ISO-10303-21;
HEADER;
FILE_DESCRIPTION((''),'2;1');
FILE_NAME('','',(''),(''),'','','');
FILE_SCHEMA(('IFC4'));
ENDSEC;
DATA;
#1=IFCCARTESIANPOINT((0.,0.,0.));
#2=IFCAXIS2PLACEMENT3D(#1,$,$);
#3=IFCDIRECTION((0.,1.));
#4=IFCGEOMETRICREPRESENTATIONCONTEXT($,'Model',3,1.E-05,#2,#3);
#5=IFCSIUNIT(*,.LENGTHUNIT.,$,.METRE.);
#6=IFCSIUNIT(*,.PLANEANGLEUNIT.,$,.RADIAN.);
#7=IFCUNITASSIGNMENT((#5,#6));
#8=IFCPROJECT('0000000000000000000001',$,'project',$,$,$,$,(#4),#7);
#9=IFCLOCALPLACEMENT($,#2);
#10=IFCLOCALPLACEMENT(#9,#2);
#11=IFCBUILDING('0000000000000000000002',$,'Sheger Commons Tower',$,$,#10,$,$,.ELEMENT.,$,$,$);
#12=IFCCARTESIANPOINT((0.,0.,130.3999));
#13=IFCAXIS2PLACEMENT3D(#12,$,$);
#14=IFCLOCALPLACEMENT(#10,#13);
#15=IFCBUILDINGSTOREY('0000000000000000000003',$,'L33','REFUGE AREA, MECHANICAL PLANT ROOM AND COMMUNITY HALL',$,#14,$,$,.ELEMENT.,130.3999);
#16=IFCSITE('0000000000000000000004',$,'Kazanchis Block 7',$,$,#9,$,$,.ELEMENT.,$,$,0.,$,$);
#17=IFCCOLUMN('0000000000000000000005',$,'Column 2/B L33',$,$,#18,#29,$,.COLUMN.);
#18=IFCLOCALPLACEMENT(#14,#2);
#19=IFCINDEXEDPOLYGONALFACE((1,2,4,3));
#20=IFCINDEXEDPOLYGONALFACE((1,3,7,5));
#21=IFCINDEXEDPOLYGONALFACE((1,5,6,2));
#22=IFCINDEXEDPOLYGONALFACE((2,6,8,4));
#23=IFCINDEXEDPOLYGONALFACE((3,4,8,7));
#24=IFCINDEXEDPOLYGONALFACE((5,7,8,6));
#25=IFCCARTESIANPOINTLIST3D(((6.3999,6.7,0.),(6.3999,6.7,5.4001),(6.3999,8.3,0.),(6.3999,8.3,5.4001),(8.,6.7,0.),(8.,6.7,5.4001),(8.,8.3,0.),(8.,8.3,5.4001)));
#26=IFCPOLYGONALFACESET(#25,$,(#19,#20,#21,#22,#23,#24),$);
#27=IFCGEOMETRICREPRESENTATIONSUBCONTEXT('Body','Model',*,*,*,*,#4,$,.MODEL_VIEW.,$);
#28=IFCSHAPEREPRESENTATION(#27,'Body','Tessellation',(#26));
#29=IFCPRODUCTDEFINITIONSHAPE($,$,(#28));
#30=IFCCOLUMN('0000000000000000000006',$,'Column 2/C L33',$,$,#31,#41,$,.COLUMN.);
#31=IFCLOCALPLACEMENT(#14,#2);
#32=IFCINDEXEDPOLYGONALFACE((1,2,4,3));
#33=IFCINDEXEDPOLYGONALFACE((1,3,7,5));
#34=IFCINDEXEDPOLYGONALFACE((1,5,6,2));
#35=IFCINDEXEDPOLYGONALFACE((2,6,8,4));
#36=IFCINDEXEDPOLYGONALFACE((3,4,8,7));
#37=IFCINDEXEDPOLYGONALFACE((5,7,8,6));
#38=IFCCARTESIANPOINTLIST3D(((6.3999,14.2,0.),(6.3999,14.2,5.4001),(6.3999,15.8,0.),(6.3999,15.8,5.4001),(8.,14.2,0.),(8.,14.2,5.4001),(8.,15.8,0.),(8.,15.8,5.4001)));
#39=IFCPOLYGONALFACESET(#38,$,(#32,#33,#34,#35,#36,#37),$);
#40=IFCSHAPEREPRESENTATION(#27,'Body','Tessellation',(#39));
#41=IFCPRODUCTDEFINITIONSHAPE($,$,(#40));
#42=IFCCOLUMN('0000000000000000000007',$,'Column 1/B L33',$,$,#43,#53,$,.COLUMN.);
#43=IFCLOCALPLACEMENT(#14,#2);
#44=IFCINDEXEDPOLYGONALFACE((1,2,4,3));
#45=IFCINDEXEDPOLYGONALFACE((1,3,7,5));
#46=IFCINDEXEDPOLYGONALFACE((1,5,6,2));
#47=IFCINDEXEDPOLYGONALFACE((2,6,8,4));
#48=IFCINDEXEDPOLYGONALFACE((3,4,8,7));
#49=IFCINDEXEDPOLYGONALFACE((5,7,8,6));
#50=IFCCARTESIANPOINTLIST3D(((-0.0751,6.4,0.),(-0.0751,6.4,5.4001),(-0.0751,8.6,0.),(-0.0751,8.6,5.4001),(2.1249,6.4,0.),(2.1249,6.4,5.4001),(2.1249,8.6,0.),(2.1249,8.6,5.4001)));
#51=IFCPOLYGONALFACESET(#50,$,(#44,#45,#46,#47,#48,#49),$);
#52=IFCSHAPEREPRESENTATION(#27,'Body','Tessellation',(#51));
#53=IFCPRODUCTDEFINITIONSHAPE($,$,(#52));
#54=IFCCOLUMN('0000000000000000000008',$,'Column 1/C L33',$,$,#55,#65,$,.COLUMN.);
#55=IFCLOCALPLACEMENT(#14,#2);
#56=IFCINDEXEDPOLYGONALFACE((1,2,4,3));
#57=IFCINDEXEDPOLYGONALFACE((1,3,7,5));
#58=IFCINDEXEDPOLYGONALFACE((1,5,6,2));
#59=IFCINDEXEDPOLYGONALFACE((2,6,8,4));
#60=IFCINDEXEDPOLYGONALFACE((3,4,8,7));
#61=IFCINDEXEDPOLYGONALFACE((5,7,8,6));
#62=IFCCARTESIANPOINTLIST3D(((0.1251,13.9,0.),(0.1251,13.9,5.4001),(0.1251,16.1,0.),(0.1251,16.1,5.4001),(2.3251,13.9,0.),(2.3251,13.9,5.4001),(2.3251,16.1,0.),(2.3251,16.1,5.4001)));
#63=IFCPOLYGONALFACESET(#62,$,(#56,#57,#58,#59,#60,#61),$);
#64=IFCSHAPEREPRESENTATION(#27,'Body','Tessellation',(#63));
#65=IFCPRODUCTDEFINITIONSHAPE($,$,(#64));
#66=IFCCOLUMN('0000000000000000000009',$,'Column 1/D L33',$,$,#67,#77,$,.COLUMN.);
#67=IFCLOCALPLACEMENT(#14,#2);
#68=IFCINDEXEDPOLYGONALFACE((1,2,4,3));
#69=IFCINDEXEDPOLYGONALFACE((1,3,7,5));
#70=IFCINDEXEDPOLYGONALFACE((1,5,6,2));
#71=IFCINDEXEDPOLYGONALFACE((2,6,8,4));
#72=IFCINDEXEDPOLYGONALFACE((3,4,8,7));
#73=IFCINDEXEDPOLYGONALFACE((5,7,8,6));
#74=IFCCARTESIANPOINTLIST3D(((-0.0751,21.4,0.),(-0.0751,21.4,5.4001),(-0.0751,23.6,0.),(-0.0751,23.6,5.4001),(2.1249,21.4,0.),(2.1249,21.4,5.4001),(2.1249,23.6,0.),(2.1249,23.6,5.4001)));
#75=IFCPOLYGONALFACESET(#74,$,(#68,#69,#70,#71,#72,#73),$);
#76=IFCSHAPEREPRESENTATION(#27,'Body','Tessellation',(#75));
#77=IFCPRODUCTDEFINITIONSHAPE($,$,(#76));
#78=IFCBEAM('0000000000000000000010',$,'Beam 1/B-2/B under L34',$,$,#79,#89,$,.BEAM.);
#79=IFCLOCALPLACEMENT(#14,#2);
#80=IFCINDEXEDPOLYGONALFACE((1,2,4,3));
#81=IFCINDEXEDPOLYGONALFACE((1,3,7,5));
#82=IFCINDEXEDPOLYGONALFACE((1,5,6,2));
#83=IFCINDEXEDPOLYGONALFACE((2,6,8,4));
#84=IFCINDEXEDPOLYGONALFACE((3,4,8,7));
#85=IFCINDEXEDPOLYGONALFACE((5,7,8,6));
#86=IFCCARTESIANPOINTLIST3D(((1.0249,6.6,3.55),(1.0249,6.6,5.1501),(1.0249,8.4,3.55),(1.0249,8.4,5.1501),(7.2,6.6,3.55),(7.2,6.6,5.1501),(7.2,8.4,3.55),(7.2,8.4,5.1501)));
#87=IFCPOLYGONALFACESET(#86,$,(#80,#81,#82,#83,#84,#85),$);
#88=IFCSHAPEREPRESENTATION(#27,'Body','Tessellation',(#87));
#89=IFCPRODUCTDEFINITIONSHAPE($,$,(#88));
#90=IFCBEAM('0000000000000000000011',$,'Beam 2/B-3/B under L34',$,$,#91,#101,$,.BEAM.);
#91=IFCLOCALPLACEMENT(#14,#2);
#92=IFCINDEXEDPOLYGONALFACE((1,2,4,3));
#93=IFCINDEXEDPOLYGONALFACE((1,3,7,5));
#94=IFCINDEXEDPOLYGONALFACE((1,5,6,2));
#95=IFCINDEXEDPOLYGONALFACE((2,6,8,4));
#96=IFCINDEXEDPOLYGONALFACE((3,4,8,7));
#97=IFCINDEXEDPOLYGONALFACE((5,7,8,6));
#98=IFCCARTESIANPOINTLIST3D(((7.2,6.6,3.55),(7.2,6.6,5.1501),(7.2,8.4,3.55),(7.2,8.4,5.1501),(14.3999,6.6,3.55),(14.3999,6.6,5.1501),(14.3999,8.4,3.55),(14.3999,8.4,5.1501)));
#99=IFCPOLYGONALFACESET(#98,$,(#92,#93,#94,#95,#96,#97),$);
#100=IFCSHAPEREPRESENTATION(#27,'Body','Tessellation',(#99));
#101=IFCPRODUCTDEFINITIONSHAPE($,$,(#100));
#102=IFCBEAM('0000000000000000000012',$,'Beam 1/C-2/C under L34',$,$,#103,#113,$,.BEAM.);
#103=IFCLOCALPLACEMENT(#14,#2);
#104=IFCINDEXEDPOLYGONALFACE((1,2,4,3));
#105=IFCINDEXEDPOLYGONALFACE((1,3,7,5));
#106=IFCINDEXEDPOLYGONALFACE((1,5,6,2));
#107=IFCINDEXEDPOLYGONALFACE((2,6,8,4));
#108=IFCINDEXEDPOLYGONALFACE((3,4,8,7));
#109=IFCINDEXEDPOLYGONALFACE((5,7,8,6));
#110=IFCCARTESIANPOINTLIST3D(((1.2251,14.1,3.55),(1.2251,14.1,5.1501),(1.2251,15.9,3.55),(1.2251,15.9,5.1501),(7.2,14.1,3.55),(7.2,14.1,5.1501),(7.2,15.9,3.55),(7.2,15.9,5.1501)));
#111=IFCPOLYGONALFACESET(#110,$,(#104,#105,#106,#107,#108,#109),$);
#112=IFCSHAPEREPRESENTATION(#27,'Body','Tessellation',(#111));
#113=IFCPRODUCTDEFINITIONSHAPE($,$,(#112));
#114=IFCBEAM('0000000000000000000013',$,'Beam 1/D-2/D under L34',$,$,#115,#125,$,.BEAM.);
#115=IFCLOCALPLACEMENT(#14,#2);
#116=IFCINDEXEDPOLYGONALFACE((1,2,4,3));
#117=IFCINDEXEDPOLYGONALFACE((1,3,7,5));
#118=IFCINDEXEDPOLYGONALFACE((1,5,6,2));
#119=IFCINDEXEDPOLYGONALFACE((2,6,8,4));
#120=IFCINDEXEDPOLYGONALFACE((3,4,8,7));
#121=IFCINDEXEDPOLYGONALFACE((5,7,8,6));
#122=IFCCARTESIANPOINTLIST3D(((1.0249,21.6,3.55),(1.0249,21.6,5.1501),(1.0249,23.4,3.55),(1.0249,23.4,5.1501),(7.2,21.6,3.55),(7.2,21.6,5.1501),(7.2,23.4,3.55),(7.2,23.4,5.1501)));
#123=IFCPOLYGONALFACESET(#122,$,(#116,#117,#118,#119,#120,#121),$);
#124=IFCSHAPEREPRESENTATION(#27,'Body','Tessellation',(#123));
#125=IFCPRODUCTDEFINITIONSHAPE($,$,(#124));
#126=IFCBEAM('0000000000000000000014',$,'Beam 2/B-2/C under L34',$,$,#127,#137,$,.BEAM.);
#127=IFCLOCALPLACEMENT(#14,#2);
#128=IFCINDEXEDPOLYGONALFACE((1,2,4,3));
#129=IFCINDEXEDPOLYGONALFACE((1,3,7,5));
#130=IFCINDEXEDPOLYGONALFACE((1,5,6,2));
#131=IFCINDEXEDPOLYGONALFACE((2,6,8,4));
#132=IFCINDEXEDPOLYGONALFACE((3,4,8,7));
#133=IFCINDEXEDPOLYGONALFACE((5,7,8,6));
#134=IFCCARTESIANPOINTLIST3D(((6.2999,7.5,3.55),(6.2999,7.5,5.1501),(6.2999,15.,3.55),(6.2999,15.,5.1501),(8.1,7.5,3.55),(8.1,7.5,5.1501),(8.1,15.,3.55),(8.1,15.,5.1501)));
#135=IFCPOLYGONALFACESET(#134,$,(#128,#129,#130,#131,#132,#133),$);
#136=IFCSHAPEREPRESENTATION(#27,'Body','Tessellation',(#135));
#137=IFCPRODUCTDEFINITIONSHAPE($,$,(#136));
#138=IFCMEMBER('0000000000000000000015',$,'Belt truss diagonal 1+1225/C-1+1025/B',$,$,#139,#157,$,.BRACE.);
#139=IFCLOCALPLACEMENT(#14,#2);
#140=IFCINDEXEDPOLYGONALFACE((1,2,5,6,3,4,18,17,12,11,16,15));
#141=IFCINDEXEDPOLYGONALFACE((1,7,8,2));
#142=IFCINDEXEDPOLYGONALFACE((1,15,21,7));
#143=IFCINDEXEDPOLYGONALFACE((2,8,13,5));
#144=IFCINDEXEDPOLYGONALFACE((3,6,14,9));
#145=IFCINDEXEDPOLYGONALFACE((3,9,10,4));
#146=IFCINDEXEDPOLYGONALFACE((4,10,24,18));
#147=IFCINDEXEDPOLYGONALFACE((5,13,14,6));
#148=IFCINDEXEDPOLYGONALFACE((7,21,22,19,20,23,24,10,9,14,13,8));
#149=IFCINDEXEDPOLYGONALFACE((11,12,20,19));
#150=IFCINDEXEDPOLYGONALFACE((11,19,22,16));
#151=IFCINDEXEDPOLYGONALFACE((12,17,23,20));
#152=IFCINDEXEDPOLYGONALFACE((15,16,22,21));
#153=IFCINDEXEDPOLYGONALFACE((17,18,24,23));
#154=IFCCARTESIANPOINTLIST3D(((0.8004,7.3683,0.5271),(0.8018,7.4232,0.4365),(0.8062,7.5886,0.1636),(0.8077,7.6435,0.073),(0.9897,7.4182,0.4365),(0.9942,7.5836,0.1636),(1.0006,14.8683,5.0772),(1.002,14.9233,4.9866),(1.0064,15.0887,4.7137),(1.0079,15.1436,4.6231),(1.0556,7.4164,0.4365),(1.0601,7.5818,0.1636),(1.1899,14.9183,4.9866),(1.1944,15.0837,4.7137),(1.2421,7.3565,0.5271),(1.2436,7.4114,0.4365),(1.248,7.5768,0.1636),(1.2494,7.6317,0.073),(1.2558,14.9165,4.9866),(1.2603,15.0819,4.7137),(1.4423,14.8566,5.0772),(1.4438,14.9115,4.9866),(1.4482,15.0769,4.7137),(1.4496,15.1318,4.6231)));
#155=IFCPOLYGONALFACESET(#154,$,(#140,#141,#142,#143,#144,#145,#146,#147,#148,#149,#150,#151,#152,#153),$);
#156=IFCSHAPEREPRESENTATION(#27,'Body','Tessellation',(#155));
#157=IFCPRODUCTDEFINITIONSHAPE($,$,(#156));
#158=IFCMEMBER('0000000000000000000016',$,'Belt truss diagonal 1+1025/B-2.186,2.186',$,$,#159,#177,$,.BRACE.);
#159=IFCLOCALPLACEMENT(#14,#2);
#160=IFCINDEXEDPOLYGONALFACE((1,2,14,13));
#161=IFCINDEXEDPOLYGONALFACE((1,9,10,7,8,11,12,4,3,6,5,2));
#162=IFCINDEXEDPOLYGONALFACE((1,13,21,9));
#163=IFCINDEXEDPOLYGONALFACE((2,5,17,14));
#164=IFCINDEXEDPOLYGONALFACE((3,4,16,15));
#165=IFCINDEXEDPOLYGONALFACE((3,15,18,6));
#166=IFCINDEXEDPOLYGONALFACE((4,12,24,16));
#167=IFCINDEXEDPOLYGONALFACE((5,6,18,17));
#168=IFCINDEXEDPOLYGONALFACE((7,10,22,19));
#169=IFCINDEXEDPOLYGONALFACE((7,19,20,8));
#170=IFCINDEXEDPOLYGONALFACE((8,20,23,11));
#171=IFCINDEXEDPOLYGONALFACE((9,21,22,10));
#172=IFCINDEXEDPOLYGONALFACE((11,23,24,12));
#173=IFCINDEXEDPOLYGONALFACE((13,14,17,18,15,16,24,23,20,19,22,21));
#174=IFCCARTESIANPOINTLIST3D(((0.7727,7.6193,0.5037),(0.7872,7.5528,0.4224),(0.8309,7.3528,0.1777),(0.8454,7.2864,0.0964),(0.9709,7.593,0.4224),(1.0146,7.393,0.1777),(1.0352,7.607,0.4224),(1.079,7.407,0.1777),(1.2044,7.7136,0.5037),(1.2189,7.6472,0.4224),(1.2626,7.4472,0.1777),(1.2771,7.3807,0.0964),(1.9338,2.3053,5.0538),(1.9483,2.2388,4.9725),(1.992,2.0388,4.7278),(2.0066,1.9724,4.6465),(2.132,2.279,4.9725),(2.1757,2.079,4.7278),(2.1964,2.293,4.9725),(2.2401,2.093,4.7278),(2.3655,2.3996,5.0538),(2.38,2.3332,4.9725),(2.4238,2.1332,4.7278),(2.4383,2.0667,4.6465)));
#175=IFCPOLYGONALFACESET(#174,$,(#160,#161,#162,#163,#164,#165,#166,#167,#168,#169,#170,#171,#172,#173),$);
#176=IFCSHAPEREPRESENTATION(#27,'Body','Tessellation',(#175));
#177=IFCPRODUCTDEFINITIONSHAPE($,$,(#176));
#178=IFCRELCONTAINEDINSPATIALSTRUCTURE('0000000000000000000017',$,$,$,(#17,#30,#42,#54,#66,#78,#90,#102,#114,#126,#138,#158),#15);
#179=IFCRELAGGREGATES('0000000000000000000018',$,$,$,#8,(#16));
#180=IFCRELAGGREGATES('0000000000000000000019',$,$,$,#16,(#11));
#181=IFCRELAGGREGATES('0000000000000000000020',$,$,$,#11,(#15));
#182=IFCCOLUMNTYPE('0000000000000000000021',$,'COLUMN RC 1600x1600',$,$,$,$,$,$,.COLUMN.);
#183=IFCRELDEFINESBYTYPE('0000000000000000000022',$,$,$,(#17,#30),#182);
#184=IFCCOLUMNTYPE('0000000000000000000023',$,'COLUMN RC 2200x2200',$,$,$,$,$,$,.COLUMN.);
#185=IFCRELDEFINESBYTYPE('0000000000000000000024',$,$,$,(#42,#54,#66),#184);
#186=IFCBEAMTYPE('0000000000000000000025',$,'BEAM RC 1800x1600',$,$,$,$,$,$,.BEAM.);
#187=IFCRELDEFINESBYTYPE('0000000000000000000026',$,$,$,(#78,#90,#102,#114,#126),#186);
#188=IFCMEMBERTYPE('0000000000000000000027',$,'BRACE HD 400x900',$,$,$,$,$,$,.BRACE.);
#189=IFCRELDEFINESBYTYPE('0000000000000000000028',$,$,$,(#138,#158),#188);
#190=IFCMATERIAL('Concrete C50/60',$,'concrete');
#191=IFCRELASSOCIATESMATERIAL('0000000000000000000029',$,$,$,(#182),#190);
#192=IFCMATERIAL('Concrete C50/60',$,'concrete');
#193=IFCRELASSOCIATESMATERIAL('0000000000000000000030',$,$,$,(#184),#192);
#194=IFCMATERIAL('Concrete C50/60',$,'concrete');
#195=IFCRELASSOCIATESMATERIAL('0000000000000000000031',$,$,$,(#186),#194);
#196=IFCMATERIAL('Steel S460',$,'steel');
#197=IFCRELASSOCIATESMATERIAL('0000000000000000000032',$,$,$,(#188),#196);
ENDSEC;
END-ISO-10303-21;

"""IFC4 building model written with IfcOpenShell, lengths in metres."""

from ifc_helpers import new_model, si_unit, direction, frame, origin, origin_2d, place, context, subcontext, project, spatial, rectangle, i_section, extrude, material, material_profile, profile_set, type_object, element, save


model = new_model("IFC4")

# Units and contexts
model_context = context("Model", 3, precision=1e-05, world=origin(), true_north=direction((0.0, 1.0)))
body_context = subcontext(model_context, "Body", "Model", "MODEL_VIEW")
ifc_project = project(units=[si_unit("LENGTHUNIT", "METRE"), si_unit("PLANEANGLEUNIT", "RADIAN")], contexts=[model_context])

# Site, building, storey
site_placement = place(None, origin())
site = spatial("IfcSite", under=ifc_project, at=site_placement, Name="Kazanchis Block 7", CompositionType="ELEMENT", RefElevation=0.0)
building_placement = place(site_placement, origin())
building = spatial("IfcBuilding", under=site, at=building_placement, Name="Sheger Commons Tower", CompositionType="ELEMENT")
storey_placement = place(building_placement, frame((0.0, 0.0, 130.3999)))
storey = spatial("IfcBuildingStorey", under=building, at=storey_placement, Name="L33", Description="REFUGE AREA, MECHANICAL PLANT ROOM AND COMMUNITY HALL", CompositionType="ELEMENT", Elevation=130.3999)

# Columns
ifc_material_1 = material(Name="Concrete C50/60", Category="concrete")
ifc_material_profile_1 = material_profile(ifc_material_1, rectangle(XDim=1.6001, YDim=1.6001, at=origin_2d()), Name="RC 1600x1600")
ifc_profile_set_1 = profile_set([ifc_material_profile_1], Name="Concrete C50/60")
column_type_1 = type_object("IfcColumnType", Name="COLUMN RC 1600x1600", PredefinedType="COLUMN", material=ifc_profile_set_1)
for number, where, z_axis, x_axis, name in (
    (1, (7.2, 7.5, 0.0), (0.0, 0.0, 1.0), (1.0, 0.0, 0.0), "Column 2/B L33"),
    (2, (7.2, 15.0, 0.0), (0.0, 0.0, 1.0), (1.0, 0.0, 0.0), "Column 2/C L33"),
):
    element("IfcColumn", number, at=place(storey_placement, frame(where, z_axis=z_axis, x_axis=x_axis)), inside=storey, type_object=column_type_1, Name=name, PredefinedType="COLUMN", context=body_context, shape_type="SweptSolid", body=[
        extrude(rectangle(XDim=1.6001, YDim=1.6001, at=origin_2d()), origin(), (0.0, 0.0, 1.0), 5.4001),
    ])
ifc_material_2 = material(Name="Concrete C50/60", Category="concrete")
ifc_material_profile_2 = material_profile(ifc_material_2, rectangle(XDim=2.2, YDim=2.2, at=origin_2d()), Name="RC 2200x2200")
ifc_profile_set_2 = profile_set([ifc_material_profile_2], Name="Concrete C50/60")
column_type_2 = type_object("IfcColumnType", Name="COLUMN RC 2200x2200", PredefinedType="COLUMN", material=ifc_profile_set_2)
for number, where, z_axis, x_axis, name in (
    (3, (1.0249, 7.5, 0.0), (0.0, 0.0, 1.0), (1.0, 0.0, 0.0), "Column 1/B L33"),
    (4, (1.2251, 15.0, 0.0), (0.0, 0.0, 1.0), (1.0, 0.0, 0.0), "Column 1/C L33"),
    (5, (1.0249, 22.5, 0.0), (0.0, 0.0, 1.0), (1.0, 0.0, 0.0), "Column 1/D L33"),
):
    element("IfcColumn", number, at=place(storey_placement, frame(where, z_axis=z_axis, x_axis=x_axis)), inside=storey, type_object=column_type_2, Name=name, PredefinedType="COLUMN", context=body_context, shape_type="SweptSolid", body=[
        extrude(rectangle(XDim=2.2, YDim=2.2, at=origin_2d()), origin(), (0.0, 0.0, 1.0), 5.4001),
    ])

# Beams
ifc_material_3 = material(Name="Concrete C50/60", Category="concrete")
ifc_material_profile_3 = material_profile(ifc_material_3, rectangle(XDim=1.8, YDim=1.6001, at=origin_2d()), Name="RC 1800x1600")
ifc_profile_set_3 = profile_set([ifc_material_profile_3], Name="Concrete C50/60")
beam_type_1 = type_object("IfcBeamType", Name="BEAM RC 1800x1600", PredefinedType="BEAM", material=ifc_profile_set_3)
beam_1_placement = place(storey_placement, frame((1.0249, 7.5, 4.3501), z_axis=(1.0, 0.0, 0.0), x_axis=(0.0, 1.0, 0.0)))
element("IfcBeam", 6, at=beam_1_placement, inside=storey, type_object=beam_type_1, Name="Beam 1/B-2/B under L34", PredefinedType="BEAM", context=body_context, shape_type="SweptSolid", body=[
    extrude(rectangle(XDim=1.8, YDim=1.6001, at=origin_2d()), origin(), (0.0, 0.0, 1.0), 6.175),
])
beam_2_placement = place(storey_placement, frame((7.2, 7.5, 4.3501), z_axis=(1.0, 0.0, 0.0), x_axis=(0.0, 1.0, 0.0)))
element("IfcBeam", 7, at=beam_2_placement, inside=storey, type_object=beam_type_1, Name="Beam 2/B-3/B under L34", PredefinedType="BEAM", context=body_context, shape_type="SweptSolid", body=[
    extrude(rectangle(XDim=1.8, YDim=1.6001, at=origin_2d()), origin(), (0.0, 0.0, 1.0), 7.2),
])
beam_3_placement = place(storey_placement, frame((1.2251, 15.0, 4.3501), z_axis=(1.0, 0.0, 0.0), x_axis=(0.0, 1.0, 0.0)))
element("IfcBeam", 8, at=beam_3_placement, inside=storey, type_object=beam_type_1, Name="Beam 1/C-2/C under L34", PredefinedType="BEAM", context=body_context, shape_type="SweptSolid", body=[
    extrude(rectangle(XDim=1.8, YDim=1.6001, at=origin_2d()), origin(), (0.0, 0.0, 1.0), 5.9749),
])
beam_4_placement = place(storey_placement, frame((1.0249, 22.5, 4.3501), z_axis=(1.0, 0.0, 0.0), x_axis=(0.0, 1.0, 0.0)))
element("IfcBeam", 9, at=beam_4_placement, inside=storey, type_object=beam_type_1, Name="Beam 1/D-2/D under L34", PredefinedType="BEAM", context=body_context, shape_type="SweptSolid", body=[
    extrude(rectangle(XDim=1.8, YDim=1.6001, at=origin_2d()), origin(), (0.0, 0.0, 1.0), 6.175),
])
beam_5_placement = place(storey_placement, frame((7.2, 7.5, 4.3501), z_axis=(0.0, 1.0, 0.0), x_axis=(-1.0, 0.0, 0.0)))
element("IfcBeam", 10, at=beam_5_placement, inside=storey, type_object=beam_type_1, Name="Beam 2/B-2/C under L34", PredefinedType="BEAM", context=body_context, shape_type="SweptSolid", body=[
    extrude(rectangle(XDim=1.8, YDim=1.6001, at=origin_2d()), origin(), (0.0, 0.0, 1.0), 7.5),
])

# Members
ifc_material_4 = material(Name="Steel S460", Category="steel")
ifc_material_profile_4 = material_profile(ifc_material_4, i_section(OverallWidth=0.4419, OverallDepth=0.531, WebThickness=0.0659, FlangeThickness=0.106, at=origin_2d()), Name="HD 400x900")
ifc_profile_set_4 = profile_set([ifc_material_profile_4], Name="Steel S460")
member_type_1 = type_object("IfcMemberType", Name="BRACE HD 400x900", PredefinedType="BRACE", material=ifc_profile_set_4)
member_1_placement = place(storey_placement, frame((1.0249, 7.5, 0.3), z_axis=(0.022815, 0.854743, 0.51855), x_axis=(-0.999644, 0.026683, 0.0)))
element("IfcMember", 11, at=member_1_placement, inside=storey, type_object=member_type_1, Name="Belt truss diagonal 1+1225/C-1+1025/B", PredefinedType="BRACE", context=body_context, shape_type="SweptSolid", body=[
    extrude(i_section(OverallWidth=0.4419, OverallDepth=0.531, WebThickness=0.0659, FlangeThickness=0.106, at=origin_2d()), origin(), (0.0, 0.0, 1.0), 8.7747),
])
member_2_placement = place(storey_placement, frame((1.0249, 7.5, 0.3), z_axis=(0.163736, -0.749343, 0.64162), x_axis=(0.97695, 0.213469, 0.0)))
element("IfcMember", 12, at=member_2_placement, inside=storey, type_object=member_type_1, Name="Belt truss diagonal 1+1025/B-2.186,2.186", PredefinedType="BRACE", context=body_context, shape_type="SweptSolid", body=[
    extrude(i_section(OverallWidth=0.4419, OverallDepth=0.531, WebThickness=0.0659, FlangeThickness=0.106, at=origin_2d()), origin(), (0.0, 0.0, 1.0), 7.0916),
])

save(model, "model.ifc")
